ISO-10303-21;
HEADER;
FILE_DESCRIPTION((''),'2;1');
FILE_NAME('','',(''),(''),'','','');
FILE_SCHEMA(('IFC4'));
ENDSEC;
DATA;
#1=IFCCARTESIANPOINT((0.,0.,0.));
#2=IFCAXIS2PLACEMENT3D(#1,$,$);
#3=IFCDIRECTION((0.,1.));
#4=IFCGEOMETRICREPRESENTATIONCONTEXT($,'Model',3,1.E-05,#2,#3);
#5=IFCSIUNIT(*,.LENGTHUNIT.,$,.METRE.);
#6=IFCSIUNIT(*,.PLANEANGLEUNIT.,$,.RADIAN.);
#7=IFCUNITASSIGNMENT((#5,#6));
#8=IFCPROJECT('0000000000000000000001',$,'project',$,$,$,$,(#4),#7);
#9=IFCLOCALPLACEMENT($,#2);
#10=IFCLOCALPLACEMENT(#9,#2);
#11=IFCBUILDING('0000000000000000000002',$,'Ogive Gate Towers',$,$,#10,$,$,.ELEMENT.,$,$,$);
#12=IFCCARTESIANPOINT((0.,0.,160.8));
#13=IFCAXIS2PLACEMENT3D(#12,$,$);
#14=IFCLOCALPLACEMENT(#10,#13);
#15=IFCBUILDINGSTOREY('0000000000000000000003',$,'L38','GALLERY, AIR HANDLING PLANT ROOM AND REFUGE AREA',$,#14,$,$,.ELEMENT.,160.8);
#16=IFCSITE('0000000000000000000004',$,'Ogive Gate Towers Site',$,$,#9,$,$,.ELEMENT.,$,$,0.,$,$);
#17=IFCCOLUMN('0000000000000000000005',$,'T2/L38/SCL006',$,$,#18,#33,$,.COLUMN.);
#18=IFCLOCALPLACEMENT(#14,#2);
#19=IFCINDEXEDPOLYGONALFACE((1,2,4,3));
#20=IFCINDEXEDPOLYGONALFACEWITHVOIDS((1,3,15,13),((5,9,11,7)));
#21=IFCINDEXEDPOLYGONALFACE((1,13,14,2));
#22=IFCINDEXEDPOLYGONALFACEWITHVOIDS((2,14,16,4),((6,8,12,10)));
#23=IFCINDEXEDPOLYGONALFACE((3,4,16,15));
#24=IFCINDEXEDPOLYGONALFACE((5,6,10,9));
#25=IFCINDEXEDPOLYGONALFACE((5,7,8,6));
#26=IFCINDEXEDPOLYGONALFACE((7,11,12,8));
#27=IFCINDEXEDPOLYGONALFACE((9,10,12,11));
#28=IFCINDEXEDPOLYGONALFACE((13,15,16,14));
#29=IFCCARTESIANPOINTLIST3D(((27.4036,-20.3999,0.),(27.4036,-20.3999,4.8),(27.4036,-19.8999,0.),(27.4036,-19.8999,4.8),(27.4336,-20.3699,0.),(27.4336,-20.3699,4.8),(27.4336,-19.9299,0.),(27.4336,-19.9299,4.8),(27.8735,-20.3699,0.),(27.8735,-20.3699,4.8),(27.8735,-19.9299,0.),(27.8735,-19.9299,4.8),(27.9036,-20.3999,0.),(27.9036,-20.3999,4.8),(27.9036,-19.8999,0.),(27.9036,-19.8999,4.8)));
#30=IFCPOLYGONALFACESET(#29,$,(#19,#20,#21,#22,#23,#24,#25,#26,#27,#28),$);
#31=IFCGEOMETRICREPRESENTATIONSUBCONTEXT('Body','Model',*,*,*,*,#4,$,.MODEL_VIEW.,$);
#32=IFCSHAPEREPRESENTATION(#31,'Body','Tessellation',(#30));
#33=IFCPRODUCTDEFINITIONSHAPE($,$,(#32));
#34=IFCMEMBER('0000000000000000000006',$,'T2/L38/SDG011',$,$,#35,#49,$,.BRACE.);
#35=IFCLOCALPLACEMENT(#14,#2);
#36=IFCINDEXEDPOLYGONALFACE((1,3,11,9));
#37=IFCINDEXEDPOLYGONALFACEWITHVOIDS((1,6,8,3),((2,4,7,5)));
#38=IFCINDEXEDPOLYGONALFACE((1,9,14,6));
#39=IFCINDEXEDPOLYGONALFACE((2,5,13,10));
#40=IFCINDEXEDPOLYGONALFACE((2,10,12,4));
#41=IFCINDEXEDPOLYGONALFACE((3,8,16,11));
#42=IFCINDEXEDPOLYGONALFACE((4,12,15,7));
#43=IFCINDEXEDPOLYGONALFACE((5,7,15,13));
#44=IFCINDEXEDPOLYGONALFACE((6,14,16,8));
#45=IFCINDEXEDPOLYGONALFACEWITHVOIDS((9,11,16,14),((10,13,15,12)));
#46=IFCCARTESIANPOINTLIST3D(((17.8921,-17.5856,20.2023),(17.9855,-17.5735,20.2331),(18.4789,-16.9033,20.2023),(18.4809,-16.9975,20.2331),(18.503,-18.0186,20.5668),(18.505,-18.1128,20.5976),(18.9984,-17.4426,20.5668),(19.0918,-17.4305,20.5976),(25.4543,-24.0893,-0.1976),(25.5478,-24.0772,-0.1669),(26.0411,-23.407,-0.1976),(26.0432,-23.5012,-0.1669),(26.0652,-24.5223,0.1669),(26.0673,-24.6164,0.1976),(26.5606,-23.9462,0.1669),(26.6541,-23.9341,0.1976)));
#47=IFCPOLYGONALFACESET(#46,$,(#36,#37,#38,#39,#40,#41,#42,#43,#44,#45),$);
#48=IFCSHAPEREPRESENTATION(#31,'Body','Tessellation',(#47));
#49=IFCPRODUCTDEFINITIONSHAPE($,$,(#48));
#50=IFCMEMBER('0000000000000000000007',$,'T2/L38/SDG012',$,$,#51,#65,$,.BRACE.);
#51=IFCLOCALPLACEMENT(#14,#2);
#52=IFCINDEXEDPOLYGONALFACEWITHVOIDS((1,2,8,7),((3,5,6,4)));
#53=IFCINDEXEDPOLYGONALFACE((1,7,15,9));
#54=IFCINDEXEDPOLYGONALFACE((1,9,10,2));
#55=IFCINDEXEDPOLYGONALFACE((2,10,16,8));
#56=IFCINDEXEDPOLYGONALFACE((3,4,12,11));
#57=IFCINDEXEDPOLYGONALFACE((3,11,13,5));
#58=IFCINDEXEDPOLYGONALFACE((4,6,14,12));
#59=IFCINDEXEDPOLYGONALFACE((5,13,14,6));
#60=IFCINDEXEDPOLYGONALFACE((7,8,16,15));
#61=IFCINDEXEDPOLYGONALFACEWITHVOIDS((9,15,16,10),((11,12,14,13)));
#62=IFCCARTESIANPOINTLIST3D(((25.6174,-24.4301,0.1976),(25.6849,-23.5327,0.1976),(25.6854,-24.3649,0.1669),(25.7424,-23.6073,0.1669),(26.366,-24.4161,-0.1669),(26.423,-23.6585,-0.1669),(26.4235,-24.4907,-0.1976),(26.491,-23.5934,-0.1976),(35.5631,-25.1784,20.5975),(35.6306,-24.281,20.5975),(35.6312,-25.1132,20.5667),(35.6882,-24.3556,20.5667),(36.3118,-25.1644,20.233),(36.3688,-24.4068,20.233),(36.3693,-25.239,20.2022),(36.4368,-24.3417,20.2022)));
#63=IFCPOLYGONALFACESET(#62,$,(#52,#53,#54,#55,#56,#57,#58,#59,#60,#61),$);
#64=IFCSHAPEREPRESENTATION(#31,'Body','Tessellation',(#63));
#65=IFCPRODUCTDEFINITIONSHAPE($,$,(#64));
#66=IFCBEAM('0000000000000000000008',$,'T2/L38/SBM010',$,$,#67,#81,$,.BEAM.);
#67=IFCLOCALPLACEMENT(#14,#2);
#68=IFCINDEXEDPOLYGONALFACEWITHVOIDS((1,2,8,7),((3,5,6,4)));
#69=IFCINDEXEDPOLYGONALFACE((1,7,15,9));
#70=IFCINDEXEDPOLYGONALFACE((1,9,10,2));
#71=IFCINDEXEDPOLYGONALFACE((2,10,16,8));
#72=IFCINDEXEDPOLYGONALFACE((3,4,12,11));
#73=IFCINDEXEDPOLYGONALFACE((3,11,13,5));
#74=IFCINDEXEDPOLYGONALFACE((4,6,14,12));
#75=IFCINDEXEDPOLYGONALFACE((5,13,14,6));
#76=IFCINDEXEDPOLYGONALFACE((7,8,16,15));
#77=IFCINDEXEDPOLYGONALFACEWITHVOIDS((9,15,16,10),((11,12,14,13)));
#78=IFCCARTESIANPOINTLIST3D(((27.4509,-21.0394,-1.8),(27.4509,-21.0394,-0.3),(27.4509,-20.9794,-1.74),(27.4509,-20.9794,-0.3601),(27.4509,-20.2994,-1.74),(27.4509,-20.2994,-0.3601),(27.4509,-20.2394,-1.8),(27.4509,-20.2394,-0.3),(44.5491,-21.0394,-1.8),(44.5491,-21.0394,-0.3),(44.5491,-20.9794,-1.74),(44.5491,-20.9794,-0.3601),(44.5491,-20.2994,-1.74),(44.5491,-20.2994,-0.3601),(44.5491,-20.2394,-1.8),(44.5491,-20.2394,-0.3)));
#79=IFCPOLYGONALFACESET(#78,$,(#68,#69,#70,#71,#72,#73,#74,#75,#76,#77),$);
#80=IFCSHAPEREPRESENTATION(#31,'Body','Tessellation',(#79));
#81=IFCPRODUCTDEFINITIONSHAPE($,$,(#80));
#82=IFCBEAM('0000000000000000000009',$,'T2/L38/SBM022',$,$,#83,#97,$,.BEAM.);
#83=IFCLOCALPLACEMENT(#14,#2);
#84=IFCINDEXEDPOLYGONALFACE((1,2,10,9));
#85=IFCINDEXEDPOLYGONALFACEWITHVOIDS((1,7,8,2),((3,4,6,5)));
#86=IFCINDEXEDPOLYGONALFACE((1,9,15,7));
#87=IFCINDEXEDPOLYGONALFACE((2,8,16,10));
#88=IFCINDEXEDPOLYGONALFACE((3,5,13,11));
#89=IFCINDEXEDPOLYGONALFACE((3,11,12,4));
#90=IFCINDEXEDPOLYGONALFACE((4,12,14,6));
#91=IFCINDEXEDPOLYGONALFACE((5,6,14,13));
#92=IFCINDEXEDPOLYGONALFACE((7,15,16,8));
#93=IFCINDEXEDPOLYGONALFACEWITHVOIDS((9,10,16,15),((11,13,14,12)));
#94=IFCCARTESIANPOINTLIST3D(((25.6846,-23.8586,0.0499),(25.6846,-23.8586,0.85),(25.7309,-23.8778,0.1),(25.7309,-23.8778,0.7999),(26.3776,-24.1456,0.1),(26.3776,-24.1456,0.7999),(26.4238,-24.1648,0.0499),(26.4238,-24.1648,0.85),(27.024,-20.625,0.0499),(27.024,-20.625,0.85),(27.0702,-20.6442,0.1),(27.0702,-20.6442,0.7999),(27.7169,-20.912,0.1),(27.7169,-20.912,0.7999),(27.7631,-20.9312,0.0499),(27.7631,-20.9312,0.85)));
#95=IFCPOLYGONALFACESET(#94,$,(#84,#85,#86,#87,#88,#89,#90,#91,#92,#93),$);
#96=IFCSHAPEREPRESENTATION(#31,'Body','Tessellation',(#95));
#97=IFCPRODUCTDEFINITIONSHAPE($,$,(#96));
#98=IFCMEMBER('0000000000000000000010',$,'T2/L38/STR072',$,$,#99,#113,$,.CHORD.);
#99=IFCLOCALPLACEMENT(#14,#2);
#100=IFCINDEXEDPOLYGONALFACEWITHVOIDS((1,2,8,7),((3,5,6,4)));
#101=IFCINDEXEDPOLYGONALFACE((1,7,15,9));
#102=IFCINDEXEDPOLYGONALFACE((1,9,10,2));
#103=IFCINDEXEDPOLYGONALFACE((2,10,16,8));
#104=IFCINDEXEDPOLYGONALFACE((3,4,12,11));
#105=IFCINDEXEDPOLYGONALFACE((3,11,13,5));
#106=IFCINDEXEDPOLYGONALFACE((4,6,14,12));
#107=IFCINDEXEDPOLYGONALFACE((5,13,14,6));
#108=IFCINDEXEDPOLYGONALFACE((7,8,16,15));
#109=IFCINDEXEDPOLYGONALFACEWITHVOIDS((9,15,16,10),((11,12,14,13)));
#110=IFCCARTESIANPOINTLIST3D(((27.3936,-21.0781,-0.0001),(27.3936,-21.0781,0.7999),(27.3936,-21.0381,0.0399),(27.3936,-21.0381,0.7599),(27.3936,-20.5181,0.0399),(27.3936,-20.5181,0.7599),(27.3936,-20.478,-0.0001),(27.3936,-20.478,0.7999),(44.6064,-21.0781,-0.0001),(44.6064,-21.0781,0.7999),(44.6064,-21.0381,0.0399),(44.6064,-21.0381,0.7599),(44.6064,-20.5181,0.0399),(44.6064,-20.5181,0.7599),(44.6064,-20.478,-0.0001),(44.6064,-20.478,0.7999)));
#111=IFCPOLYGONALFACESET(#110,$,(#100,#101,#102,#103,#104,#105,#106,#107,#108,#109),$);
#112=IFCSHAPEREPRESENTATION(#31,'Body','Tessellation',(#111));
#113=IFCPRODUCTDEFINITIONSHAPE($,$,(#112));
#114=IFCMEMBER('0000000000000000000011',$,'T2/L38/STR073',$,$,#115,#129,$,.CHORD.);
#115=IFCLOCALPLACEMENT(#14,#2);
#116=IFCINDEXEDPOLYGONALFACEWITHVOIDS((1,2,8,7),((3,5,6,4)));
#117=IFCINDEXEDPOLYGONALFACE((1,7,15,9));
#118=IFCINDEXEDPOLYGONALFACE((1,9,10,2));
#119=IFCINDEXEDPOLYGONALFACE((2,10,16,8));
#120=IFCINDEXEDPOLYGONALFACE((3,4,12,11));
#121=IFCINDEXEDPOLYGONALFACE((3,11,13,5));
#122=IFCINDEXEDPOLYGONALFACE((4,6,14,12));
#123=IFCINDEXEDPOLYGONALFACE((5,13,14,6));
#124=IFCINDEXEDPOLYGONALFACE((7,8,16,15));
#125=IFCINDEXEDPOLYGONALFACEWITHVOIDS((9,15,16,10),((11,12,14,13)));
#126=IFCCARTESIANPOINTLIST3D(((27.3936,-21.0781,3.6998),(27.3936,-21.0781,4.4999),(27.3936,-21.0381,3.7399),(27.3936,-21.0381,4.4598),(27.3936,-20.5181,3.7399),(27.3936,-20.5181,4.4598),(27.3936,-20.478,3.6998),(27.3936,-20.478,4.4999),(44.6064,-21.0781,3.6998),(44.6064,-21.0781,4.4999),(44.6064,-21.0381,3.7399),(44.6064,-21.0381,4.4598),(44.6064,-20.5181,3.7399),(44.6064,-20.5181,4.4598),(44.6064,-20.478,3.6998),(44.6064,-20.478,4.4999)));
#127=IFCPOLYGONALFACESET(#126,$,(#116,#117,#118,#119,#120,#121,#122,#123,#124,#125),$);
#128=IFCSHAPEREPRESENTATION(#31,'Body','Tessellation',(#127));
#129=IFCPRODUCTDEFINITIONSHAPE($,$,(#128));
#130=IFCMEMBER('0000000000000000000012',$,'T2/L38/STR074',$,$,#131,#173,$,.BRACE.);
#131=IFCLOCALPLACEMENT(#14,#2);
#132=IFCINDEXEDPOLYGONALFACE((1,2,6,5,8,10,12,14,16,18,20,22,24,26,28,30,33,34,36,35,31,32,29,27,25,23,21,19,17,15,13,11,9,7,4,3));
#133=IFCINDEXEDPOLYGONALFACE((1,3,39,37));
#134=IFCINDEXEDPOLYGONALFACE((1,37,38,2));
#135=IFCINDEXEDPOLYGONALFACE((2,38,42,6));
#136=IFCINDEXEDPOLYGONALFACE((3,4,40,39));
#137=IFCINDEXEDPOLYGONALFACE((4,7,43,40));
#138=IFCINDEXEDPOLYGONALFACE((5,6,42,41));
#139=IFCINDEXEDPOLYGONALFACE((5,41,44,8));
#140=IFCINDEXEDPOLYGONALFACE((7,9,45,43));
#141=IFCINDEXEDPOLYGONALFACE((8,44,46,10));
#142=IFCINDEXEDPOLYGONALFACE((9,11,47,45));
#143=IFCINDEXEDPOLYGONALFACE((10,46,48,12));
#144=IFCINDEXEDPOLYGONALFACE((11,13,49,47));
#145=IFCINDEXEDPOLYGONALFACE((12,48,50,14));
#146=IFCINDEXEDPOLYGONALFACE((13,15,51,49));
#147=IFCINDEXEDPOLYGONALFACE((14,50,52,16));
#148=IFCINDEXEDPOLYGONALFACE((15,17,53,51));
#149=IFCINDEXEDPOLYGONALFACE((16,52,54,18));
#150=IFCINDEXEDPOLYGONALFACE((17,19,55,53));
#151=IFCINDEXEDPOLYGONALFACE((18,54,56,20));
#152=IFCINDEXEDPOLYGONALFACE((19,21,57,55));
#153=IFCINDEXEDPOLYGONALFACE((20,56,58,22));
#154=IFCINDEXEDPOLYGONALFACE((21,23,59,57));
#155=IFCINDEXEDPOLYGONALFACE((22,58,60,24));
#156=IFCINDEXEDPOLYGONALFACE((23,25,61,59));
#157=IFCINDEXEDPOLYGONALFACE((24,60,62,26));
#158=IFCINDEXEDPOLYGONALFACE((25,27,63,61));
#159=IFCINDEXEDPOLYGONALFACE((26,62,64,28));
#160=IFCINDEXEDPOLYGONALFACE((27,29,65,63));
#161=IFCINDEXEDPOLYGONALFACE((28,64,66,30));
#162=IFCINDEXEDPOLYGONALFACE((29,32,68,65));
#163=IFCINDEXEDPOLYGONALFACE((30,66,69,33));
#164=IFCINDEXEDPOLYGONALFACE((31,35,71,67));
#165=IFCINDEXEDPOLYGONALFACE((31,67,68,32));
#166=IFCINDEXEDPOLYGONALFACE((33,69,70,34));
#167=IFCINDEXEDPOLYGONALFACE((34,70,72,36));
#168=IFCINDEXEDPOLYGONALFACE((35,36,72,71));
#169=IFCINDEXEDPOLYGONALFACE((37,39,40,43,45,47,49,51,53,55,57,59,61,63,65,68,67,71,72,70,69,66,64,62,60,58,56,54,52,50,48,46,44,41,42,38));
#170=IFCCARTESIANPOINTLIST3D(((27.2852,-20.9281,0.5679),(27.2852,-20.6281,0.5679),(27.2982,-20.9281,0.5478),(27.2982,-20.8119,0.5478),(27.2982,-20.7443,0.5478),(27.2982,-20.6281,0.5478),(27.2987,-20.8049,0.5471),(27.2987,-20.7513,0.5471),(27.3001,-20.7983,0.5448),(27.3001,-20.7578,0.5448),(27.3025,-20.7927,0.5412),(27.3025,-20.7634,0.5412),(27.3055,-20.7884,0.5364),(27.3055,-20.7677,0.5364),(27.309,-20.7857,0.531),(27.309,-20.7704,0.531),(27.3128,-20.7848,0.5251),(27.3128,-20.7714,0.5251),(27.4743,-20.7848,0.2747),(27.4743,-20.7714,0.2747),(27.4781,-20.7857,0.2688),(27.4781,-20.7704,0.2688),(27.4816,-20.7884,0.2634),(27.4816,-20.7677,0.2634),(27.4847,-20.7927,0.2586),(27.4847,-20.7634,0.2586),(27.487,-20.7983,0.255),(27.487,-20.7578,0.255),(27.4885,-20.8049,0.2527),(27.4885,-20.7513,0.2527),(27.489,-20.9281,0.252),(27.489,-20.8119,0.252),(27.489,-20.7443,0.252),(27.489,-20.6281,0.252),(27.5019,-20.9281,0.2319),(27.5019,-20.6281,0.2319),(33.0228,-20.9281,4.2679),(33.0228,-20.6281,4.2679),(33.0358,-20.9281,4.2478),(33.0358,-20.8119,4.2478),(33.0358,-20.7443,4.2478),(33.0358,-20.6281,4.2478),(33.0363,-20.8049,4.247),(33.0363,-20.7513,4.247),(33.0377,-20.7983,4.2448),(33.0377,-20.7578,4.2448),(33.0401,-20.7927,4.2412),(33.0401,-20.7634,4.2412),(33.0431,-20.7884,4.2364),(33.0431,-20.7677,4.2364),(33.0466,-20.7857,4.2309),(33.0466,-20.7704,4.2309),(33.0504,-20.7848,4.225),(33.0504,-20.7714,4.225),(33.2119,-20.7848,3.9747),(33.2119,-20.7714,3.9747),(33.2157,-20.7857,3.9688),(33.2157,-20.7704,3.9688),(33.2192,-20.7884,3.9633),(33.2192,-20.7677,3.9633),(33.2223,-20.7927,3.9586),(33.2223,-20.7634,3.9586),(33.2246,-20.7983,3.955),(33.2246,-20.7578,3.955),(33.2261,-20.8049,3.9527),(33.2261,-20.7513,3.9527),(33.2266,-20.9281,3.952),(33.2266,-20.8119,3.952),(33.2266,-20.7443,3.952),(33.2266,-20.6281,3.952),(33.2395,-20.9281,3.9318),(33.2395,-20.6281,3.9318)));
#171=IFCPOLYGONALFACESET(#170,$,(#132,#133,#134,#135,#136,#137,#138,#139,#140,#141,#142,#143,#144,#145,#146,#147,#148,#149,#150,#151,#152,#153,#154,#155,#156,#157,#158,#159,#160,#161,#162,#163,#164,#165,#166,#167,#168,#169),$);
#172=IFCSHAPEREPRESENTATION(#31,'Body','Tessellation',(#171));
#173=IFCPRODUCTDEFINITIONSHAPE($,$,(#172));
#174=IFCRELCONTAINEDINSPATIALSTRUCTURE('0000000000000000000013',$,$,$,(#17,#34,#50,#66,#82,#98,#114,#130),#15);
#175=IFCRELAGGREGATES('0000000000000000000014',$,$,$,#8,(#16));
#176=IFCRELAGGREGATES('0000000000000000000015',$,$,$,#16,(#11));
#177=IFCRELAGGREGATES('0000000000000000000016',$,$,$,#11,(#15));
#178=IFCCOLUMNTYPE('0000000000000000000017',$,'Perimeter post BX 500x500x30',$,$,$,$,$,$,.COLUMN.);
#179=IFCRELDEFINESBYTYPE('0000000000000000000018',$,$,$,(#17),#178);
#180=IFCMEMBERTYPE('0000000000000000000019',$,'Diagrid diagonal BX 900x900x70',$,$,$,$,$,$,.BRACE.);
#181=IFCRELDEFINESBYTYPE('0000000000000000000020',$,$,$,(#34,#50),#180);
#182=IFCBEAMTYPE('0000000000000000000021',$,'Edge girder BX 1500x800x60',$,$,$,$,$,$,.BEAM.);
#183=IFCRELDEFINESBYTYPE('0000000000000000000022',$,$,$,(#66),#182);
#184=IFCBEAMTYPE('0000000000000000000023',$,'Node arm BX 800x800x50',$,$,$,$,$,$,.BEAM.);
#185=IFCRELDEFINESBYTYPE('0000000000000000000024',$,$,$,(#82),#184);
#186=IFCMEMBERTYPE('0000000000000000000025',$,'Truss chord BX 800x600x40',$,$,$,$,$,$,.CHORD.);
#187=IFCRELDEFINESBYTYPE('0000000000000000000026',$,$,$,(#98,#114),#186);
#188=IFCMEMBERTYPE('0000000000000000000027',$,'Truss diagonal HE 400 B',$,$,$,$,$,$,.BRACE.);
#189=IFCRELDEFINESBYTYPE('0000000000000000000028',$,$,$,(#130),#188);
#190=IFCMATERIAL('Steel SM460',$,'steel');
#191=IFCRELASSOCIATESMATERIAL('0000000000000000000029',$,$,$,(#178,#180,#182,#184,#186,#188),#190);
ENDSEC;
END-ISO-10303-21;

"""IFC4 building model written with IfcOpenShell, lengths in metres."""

from ifc_helpers import new_model, si_unit, direction, frame, origin, origin_2d, place, context, subcontext, project, spatial, hollow_rectangle, i_section, extrude, material, material_profile, profile_set, type_object, element, save


model = new_model("IFC4")

# Units and contexts
model_context = context("Model", 3, precision=1e-05, world=origin(), true_north=direction((0.0, 1.0)))
body_context = subcontext(model_context, "Body", "Model", "MODEL_VIEW")
ifc_project = project(units=[si_unit("LENGTHUNIT", "METRE"), si_unit("PLANEANGLEUNIT", "RADIAN")], contexts=[model_context])

# Site, building, storey
site_placement = place(None, origin())
site = spatial("IfcSite", under=ifc_project, at=site_placement, Name="Ogive Gate Towers Site", CompositionType="ELEMENT", RefElevation=0.0)
building_placement = place(site_placement, origin())
building = spatial("IfcBuilding", under=site, at=building_placement, Name="Ogive Gate Towers", CompositionType="ELEMENT")
storey_placement = place(building_placement, frame((0.0, 0.0, 160.8)))
storey = spatial("IfcBuildingStorey", under=building, at=storey_placement, Name="L38", Description="GALLERY, AIR HANDLING PLANT ROOM AND REFUGE AREA", CompositionType="ELEMENT", Elevation=160.8)

# Column
ifc_material_1 = material(Name="Steel SM460", Category="steel")
ifc_material_profile_1 = material_profile(ifc_material_1, hollow_rectangle(XDim=0.5, YDim=0.5, WallThickness=0.03, at=origin_2d()), Name="BX 500x500x30")
ifc_profile_set_1 = profile_set([ifc_material_profile_1], Name="Steel SM460")
column_type = type_object("IfcColumnType", Name="Perimeter post BX 500x500x30", PredefinedType="COLUMN", material=ifc_profile_set_1)
column_placement = place(storey_placement, frame((27.6536, -20.1499, 0.0), z_axis=(0.0, 0.0, 1.0), x_axis=(1.0, 0.0, 0.0)))
element("IfcColumn", 1, at=column_placement, inside=storey, type_object=column_type, Name="T2/L38/SCL006", PredefinedType="COLUMN", context=body_context, shape_type="SweptSolid", body=[
    extrude(hollow_rectangle(XDim=0.5, YDim=0.5, WallThickness=0.03, at=origin_2d()), origin(), (0.0, 0.0, 1.0), 4.8),
])

# Members
ifc_material_profile_2 = material_profile(ifc_material_1, hollow_rectangle(XDim=0.8999, YDim=0.8999, WallThickness=0.0701, at=origin_2d()), Name="BX 900x900x70")
ifc_profile_set_2 = profile_set([ifc_material_profile_2], Name="Steel SM460")
member_type_1 = type_object("IfcMemberType", Name="Diagrid diagonal BX 900x900x70", PredefinedType="BRACE", material=ifc_profile_set_2)
member_1_placement = place(storey_placement, frame((26.0542, -24.0117, 0.0), z_axis=(-0.333026, 0.286407, 0.898368), x_axis=(-0.652046, -0.758179, 0.0)))
element("IfcMember", 2, at=member_1_placement, inside=storey, type_object=member_type_1, Name="T2/L38/SDG011", PredefinedType="BRACE", context=body_context, shape_type="SweptSolid", body=[
    extrude(hollow_rectangle(XDim=0.8999, YDim=0.8999, WallThickness=0.0701, at=origin_2d()), origin(), (0.0, 0.0, 1.0), 22.7078),
])
member_2_placement = place(storey_placement, frame((26.0542, -24.0117, 0.0), z_axis=(0.437994, -0.032953, 0.898374), x_axis=(0.075025, 0.997182, 0.0)))
element("IfcMember", 3, at=member_2_placement, inside=storey, type_object=member_type_1, Name="T2/L38/SDG012", PredefinedType="BRACE", context=body_context, shape_type="SweptSolid", body=[
    extrude(hollow_rectangle(XDim=0.8999, YDim=0.8999, WallThickness=0.0701, at=origin_2d()), origin(), (0.0, 0.0, 1.0), 22.7075),
])

# Beams
ifc_material_profile_3 = material_profile(ifc_material_1, hollow_rectangle(XDim=0.8, YDim=1.5, WallThickness=0.0601, at=origin_2d()), Name="BX 1500x800x60")
ifc_profile_set_3 = profile_set([ifc_material_profile_3], Name="Steel SM460")
beam_type_1 = type_object("IfcBeamType", Name="Edge girder BX 1500x800x60", PredefinedType="BEAM", material=ifc_profile_set_3)
beam_1_placement = place(storey_placement, frame((27.4509, -20.6394, -1.05), z_axis=(1.0, 0.0, 0.0), x_axis=(0.0, 1.0, 0.0)))
element("IfcBeam", 4, at=beam_1_placement, inside=storey, type_object=beam_type_1, Name="T2/L38/SBM010", PredefinedType="BEAM", context=body_context, shape_type="SweptSolid", body=[
    extrude(hollow_rectangle(XDim=0.8, YDim=1.5, WallThickness=0.0601, at=origin_2d()), origin(), (0.0, 0.0, 1.0), 17.0981),
])
ifc_material_profile_4 = material_profile(ifc_material_1, hollow_rectangle(XDim=0.8, YDim=0.8, WallThickness=0.05, at=origin_2d()), Name="BX 800x800x50")
ifc_profile_set_4 = profile_set([ifc_material_profile_4], Name="Steel SM460")
beam_type_2 = type_object("IfcBeamType", Name="Node arm BX 800x800x50", PredefinedType="BEAM", material=ifc_profile_set_4)
beam_2_placement = place(storey_placement, frame((27.3936, -20.7781, 0.45), z_axis=(-0.382668, -0.923886, 0.0), x_axis=(0.923886, -0.382668, 0.0)))
element("IfcBeam", 5, at=beam_2_placement, inside=storey, type_object=beam_type_2, Name="T2/L38/SBM022", PredefinedType="BEAM", context=body_context, shape_type="SweptSolid", body=[
    extrude(hollow_rectangle(XDim=0.8, YDim=0.8, WallThickness=0.05, at=origin_2d()), origin(), (0.0, 0.0, 1.0), 3.5),
])

# Members
ifc_material_profile_5 = material_profile(ifc_material_1, hollow_rectangle(XDim=0.6001, YDim=0.8, WallThickness=0.04, at=origin_2d()), Name="BX 800x600x40")
ifc_profile_set_5 = profile_set([ifc_material_profile_5], Name="Steel SM460")
member_type_2 = type_object("IfcMemberType", Name="Truss chord BX 800x600x40", PredefinedType="CHORD", material=ifc_profile_set_5)
for number, where, z_axis, x_axis, name in (
    (6, (27.3936, -20.7781, 0.3999), (1.0, 0.0, 0.0), (0.0, 1.0, 0.0), "T2/L38/STR072"),
    (7, (27.3936, -20.7781, 4.0999), (1.0, 0.0, 0.0), (0.0, 1.0, 0.0), "T2/L38/STR073"),
):
    element("IfcMember", number, at=place(storey_placement, frame(where, z_axis=z_axis, x_axis=x_axis)), inside=storey, type_object=member_type_2, Name=name, PredefinedType="CHORD", context=body_context, shape_type="SweptSolid", body=[
        extrude(hollow_rectangle(XDim=0.6001, YDim=0.8, WallThickness=0.04, at=origin_2d()), origin(), (0.0, 0.0, 1.0), 17.2129),
    ])
ifc_material_profile_6 = material_profile(ifc_material_1, i_section(OverallWidth=0.3, OverallDepth=0.3999, WebThickness=0.0134, FlangeThickness=0.0239, FilletRadius=0.0271, at=origin_2d()), Name="HE 400 B")
ifc_profile_set_6 = profile_set([ifc_material_profile_6], Name="Steel SM460")
member_type_3 = type_object("IfcMemberType", Name="Truss diagonal HE 400 B", PredefinedType="BRACE", material=ifc_profile_set_6)
member_3_placement = place(storey_placement, frame((27.3936, -20.7781, 0.3999), z_axis=(0.84041, 0.0, 0.541952), x_axis=(0.0, 1.0, 0.0)))
element("IfcMember", 8, at=member_3_placement, inside=storey, type_object=member_type_3, Name="T2/L38/STR074", PredefinedType="BRACE", context=body_context, shape_type="SweptSolid", body=[
    extrude(i_section(OverallWidth=0.3, OverallDepth=0.3999, WebThickness=0.0134, FlangeThickness=0.0239, FilletRadius=0.0271, at=origin_2d()), origin(), (0.0, 0.0, 1.0), 6.8271),
])

save(model, "model.ifc")
